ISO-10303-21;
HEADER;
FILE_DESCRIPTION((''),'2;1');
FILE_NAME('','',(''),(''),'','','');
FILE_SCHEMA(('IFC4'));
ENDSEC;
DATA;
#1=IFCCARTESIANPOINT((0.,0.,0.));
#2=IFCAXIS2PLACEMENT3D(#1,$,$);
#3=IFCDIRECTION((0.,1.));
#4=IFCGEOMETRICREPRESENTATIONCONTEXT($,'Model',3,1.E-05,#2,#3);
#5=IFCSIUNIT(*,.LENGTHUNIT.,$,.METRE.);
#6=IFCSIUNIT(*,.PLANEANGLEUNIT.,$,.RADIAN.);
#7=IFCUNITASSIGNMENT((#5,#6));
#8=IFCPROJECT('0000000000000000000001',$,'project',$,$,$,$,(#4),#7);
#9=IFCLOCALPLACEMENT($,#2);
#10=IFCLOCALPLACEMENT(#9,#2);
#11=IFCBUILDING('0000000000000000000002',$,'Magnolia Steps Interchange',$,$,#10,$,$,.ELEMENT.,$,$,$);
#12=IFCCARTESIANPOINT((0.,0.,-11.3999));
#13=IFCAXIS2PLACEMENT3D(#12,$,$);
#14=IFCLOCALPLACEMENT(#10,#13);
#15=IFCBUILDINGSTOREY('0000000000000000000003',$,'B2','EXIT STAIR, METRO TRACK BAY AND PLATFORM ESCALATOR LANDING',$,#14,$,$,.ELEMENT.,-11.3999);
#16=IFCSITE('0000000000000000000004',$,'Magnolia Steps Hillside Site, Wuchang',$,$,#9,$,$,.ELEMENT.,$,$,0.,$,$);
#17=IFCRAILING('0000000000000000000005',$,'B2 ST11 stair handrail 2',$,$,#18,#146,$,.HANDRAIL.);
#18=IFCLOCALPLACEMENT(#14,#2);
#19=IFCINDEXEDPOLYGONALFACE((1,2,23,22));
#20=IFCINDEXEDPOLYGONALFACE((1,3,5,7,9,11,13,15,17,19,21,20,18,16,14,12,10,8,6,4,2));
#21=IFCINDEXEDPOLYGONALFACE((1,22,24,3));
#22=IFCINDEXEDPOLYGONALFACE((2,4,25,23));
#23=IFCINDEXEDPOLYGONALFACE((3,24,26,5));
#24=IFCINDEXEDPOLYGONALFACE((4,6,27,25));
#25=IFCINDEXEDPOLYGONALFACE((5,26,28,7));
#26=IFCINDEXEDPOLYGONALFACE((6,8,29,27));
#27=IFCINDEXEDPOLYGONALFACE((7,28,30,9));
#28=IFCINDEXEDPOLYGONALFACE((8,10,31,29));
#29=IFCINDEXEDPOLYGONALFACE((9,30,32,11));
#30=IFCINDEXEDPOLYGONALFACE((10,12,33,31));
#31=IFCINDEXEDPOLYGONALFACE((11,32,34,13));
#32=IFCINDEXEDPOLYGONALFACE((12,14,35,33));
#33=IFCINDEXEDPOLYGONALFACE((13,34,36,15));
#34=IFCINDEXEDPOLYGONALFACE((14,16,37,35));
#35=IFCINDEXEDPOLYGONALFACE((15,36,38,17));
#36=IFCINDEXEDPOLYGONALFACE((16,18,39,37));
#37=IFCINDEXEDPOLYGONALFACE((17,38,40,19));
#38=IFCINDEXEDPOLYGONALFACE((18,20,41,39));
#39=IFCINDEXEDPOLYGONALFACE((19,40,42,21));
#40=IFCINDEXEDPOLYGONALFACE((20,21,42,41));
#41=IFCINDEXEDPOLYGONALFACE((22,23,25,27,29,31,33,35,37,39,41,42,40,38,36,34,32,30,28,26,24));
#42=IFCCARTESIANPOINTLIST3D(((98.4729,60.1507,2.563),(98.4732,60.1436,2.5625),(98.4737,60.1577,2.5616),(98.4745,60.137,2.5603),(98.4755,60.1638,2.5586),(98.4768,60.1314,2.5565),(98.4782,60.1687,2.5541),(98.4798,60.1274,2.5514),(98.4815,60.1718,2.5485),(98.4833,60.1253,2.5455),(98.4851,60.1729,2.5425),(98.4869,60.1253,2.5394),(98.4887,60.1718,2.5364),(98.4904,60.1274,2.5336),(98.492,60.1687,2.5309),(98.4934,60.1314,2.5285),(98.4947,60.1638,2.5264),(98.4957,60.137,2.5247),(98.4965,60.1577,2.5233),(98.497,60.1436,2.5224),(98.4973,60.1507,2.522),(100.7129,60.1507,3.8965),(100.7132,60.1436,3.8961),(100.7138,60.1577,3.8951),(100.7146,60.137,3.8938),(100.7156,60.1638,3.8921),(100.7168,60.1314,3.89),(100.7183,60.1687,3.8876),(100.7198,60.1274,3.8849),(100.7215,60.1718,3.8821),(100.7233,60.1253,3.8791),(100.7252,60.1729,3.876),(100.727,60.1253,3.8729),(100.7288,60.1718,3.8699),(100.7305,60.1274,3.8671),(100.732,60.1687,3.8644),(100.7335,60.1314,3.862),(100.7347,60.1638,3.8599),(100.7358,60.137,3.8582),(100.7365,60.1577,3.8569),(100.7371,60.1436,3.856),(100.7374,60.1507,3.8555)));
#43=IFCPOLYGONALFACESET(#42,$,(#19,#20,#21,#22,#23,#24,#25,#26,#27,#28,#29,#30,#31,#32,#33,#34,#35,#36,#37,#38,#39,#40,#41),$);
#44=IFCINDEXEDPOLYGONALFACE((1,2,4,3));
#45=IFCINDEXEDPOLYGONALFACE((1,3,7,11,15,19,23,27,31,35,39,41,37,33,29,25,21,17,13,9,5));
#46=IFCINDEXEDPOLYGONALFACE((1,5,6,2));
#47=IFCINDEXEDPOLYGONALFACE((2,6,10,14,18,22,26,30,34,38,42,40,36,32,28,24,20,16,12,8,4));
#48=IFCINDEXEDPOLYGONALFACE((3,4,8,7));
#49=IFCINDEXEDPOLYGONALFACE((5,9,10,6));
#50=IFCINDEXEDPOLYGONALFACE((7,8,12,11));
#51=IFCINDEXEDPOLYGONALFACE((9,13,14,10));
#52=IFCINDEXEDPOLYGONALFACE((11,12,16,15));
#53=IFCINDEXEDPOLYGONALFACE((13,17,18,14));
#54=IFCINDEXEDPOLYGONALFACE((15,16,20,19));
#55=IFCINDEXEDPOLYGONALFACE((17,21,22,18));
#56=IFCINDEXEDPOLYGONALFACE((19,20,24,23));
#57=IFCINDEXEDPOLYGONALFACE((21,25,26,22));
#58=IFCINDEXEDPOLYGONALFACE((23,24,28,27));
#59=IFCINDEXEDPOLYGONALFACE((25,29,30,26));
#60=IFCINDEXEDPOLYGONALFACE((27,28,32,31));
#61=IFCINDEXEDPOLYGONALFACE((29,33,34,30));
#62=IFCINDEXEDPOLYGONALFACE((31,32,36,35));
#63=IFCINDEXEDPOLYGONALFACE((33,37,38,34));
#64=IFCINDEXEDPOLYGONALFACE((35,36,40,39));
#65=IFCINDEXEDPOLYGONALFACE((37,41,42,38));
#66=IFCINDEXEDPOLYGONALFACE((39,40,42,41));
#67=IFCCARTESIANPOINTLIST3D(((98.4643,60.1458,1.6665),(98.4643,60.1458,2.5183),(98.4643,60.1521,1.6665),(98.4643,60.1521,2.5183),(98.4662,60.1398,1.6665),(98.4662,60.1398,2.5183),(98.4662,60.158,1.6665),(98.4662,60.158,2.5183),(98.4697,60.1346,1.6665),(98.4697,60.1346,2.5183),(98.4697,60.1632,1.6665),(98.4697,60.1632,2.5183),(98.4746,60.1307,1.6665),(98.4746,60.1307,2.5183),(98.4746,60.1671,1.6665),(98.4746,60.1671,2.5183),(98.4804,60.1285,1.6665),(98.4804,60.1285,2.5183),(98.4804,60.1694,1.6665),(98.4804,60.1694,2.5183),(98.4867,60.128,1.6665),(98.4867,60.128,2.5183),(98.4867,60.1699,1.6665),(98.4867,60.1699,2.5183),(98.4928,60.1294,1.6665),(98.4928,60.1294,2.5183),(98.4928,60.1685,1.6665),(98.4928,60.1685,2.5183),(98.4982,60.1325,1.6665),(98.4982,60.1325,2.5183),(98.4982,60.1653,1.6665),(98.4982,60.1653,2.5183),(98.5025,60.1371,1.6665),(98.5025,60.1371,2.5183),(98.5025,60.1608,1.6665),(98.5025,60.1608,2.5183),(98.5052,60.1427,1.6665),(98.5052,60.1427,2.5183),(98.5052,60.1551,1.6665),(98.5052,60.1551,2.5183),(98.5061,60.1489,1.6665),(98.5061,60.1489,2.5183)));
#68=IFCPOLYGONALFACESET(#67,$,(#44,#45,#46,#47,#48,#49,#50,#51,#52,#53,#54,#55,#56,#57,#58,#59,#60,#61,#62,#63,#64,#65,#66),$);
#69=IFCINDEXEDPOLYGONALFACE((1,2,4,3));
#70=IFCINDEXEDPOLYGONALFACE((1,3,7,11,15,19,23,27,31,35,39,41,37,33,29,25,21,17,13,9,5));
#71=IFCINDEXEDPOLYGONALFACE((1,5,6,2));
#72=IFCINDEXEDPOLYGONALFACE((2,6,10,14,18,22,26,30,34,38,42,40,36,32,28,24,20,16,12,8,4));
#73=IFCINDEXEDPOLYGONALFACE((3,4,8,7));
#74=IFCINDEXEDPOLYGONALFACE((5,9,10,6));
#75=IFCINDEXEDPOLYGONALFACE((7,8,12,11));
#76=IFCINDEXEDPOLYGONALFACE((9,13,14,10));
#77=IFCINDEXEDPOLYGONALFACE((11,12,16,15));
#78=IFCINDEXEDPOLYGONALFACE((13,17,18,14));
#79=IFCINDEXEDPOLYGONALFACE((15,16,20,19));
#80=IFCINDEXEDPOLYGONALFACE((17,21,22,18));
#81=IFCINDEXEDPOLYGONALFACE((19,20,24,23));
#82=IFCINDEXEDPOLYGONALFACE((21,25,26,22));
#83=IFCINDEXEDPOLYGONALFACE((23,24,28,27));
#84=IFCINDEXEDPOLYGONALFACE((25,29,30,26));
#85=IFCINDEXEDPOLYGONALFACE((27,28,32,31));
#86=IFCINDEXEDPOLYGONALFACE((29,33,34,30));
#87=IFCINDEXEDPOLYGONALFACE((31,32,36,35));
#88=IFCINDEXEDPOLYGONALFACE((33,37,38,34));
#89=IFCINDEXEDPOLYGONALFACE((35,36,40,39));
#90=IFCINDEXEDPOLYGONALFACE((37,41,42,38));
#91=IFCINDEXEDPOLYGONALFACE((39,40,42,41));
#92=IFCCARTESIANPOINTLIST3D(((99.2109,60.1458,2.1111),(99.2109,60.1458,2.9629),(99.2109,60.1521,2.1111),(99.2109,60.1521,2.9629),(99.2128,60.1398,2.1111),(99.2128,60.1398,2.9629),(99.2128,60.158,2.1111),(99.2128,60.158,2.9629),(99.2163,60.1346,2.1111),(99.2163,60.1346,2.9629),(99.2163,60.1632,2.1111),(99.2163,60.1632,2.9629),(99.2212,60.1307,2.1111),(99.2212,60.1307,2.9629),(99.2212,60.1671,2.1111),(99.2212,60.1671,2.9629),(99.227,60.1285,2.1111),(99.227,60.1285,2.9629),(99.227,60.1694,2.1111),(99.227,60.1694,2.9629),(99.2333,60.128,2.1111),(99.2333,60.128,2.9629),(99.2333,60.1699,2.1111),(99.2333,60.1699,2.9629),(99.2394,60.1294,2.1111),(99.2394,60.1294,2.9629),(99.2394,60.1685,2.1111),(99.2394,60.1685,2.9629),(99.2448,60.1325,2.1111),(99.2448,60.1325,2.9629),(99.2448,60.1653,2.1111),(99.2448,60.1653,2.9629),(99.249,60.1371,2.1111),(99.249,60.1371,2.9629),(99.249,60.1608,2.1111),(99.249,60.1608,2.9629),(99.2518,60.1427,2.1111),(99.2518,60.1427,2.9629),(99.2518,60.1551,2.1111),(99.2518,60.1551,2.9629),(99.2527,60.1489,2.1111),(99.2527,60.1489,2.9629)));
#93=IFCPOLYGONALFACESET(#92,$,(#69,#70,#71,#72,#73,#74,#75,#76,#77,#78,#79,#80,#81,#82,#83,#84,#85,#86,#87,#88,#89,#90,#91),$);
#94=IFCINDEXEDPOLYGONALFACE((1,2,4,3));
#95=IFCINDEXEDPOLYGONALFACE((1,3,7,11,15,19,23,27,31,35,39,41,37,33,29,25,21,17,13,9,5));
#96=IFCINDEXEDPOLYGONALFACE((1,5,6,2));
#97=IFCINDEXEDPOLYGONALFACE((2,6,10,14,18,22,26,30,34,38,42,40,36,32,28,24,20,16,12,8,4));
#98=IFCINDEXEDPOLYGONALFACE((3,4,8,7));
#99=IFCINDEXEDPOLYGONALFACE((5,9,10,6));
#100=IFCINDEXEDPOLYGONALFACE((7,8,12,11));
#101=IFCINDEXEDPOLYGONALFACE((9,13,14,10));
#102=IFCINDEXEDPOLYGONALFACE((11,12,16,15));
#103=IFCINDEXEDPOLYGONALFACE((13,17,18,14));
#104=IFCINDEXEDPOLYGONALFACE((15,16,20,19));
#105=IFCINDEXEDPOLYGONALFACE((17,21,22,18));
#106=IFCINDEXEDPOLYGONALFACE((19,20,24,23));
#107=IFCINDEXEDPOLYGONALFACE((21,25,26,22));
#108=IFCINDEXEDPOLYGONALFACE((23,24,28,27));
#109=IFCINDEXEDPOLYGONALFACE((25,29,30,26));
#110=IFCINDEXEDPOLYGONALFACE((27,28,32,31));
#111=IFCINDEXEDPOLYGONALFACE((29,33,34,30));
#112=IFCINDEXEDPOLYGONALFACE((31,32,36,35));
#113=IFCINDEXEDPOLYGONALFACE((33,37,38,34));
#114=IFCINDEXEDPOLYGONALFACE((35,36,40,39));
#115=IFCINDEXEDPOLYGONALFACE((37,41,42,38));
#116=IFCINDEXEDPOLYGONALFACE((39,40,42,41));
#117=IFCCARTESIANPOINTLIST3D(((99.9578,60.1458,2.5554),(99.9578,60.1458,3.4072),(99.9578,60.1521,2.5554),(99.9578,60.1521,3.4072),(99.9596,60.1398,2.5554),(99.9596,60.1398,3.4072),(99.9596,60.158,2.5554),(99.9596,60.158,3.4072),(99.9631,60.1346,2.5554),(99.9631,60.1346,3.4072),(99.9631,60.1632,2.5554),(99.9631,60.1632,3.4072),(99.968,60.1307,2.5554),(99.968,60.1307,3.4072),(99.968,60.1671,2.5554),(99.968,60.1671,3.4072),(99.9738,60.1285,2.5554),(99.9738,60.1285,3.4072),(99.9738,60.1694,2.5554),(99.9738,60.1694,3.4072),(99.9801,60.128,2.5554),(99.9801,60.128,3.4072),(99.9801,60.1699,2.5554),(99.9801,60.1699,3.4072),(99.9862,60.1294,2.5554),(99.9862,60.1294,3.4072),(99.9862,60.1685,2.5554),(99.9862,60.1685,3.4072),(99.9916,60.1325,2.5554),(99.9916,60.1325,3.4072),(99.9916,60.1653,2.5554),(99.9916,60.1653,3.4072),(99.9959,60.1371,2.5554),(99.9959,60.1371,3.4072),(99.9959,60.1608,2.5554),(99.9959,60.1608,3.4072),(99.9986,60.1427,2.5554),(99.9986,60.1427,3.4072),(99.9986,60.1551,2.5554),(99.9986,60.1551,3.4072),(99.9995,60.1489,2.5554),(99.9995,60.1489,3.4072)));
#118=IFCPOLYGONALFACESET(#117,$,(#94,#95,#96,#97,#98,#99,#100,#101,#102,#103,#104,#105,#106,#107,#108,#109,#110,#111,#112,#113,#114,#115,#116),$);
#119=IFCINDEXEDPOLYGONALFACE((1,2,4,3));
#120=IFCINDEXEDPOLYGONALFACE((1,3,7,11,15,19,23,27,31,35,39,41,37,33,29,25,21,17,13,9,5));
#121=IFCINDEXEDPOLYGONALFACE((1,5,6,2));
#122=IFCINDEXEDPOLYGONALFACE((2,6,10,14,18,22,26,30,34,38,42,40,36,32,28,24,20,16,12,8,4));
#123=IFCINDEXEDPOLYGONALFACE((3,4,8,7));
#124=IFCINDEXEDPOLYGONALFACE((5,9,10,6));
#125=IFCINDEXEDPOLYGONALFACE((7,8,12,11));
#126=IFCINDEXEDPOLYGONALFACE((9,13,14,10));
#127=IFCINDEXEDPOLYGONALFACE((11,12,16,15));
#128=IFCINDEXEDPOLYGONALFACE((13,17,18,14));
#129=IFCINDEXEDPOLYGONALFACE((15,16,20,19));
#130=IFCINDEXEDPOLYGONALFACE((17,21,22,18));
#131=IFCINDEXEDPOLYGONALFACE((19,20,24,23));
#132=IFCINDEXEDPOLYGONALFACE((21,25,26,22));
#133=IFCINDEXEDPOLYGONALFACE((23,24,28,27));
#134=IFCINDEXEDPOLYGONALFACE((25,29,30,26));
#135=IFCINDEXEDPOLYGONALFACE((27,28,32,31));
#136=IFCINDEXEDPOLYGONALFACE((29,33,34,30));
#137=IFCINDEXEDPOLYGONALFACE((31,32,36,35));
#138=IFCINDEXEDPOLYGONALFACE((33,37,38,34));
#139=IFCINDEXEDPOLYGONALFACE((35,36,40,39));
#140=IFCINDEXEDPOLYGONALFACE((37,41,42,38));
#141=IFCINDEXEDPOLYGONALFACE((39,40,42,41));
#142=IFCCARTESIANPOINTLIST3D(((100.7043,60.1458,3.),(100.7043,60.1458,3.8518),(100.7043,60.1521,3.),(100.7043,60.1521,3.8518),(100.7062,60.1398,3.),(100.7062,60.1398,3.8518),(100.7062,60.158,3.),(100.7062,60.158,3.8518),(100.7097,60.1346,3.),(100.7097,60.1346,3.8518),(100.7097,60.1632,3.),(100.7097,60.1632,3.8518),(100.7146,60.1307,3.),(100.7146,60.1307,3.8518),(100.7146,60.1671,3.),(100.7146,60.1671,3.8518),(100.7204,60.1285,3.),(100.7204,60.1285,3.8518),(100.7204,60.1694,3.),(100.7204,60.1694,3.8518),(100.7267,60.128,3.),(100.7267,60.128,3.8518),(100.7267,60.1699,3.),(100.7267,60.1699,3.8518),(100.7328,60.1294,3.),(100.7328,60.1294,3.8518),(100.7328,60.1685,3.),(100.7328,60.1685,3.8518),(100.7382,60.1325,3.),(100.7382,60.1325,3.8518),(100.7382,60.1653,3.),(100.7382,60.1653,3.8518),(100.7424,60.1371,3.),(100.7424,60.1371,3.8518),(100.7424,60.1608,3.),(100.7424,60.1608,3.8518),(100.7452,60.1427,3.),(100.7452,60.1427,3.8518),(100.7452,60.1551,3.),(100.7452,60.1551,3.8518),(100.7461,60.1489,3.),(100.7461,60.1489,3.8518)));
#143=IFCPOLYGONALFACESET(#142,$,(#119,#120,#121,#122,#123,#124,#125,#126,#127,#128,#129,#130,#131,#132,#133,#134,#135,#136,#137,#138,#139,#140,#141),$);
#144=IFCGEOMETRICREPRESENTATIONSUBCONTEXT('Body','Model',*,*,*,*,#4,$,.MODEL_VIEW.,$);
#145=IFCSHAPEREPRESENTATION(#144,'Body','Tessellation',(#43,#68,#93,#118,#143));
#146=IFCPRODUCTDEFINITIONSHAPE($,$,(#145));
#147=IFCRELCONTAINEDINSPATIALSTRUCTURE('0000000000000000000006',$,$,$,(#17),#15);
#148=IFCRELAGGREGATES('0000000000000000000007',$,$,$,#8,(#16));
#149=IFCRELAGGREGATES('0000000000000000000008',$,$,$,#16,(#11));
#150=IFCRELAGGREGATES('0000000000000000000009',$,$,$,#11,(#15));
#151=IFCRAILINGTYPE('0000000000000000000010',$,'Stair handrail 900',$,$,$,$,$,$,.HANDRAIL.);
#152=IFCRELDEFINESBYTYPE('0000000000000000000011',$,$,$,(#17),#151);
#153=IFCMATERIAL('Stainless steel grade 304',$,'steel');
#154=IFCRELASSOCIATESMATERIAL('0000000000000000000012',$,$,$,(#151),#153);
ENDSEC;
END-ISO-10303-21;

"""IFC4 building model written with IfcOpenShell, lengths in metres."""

from ifc_helpers import new_model, si_unit, direction, frame, origin, origin_2d, place, context, subcontext, project, spatial, circle, extrude, material, type_object, element, save


model = new_model("IFC4")

# Units and contexts
model_context = context("Model", 3, precision=1e-05, world=origin(), true_north=direction((0.0, 1.0)))
body_context = subcontext(model_context, "Body", "Model", "MODEL_VIEW")
ifc_project = project(units=[si_unit("LENGTHUNIT", "METRE"), si_unit("PLANEANGLEUNIT", "RADIAN")], contexts=[model_context])

# Site, building, storey
site_placement = place(None, origin())
site = spatial("IfcSite", under=ifc_project, at=site_placement, Name="Magnolia Steps Hillside Site, Wuchang", CompositionType="ELEMENT", RefElevation=0.0)
building_placement = place(site_placement, origin())
building = spatial("IfcBuilding", under=site, at=building_placement, Name="Magnolia Steps Interchange", CompositionType="ELEMENT")
storey_placement = place(building_placement, frame((0.0, 0.0, -11.3999)))
storey = spatial("IfcBuildingStorey", under=building, at=storey_placement, Name="B2", Description="EXIT STAIR, METRO TRACK BAY AND PLATFORM ESCALATOR LANDING", CompositionType="ELEMENT", Elevation=-11.3999)

# Railing
ifc_material_1 = material(Name="Stainless steel grade 304", Category="steel")
railing_type = type_object("IfcRailingType", Name="Stair handrail 900", PredefinedType="HANDRAIL", material=ifc_material_1)
for number, where, name in (
    (1, (98.4851, 60.1489, 1.6665), "B2 ST11 stair handrail 2"),
):
    element("IfcRailing", number, at=place(storey_placement, frame(where)), inside=storey, type_object=railing_type, Name=name, PredefinedType="HANDRAIL", context=body_context, shape_type="SweptSolid", body=[
        extrude(circle(Radius=0.0239, at=origin_2d()), frame((0.0, 0.0, 0.876), z_axis=(0.859264, 0.0, 0.511532), x_axis=(0.0, 1.0, 0.0)), (0.0, 0.0, 1.0), 2.6069),
        extrude(circle(Radius=0.021, at=origin_2d()), origin(), (0.0, 0.0, 1.0), 0.8518),
        extrude(circle(Radius=0.021, at=origin_2d()), frame((0.7466, 0.0, 0.4446)), (0.0, 0.0, 1.0), 0.8518),
        extrude(circle(Radius=0.021, at=origin_2d()), frame((1.4934, 0.0, 0.8889)), (0.0, 0.0, 1.0), 0.8518),
        extrude(circle(Radius=0.021, at=origin_2d()), frame((2.24, 0.0, 1.3335)), (0.0, 0.0, 1.0), 0.8518),
    ])

save(model, "model.ifc")
